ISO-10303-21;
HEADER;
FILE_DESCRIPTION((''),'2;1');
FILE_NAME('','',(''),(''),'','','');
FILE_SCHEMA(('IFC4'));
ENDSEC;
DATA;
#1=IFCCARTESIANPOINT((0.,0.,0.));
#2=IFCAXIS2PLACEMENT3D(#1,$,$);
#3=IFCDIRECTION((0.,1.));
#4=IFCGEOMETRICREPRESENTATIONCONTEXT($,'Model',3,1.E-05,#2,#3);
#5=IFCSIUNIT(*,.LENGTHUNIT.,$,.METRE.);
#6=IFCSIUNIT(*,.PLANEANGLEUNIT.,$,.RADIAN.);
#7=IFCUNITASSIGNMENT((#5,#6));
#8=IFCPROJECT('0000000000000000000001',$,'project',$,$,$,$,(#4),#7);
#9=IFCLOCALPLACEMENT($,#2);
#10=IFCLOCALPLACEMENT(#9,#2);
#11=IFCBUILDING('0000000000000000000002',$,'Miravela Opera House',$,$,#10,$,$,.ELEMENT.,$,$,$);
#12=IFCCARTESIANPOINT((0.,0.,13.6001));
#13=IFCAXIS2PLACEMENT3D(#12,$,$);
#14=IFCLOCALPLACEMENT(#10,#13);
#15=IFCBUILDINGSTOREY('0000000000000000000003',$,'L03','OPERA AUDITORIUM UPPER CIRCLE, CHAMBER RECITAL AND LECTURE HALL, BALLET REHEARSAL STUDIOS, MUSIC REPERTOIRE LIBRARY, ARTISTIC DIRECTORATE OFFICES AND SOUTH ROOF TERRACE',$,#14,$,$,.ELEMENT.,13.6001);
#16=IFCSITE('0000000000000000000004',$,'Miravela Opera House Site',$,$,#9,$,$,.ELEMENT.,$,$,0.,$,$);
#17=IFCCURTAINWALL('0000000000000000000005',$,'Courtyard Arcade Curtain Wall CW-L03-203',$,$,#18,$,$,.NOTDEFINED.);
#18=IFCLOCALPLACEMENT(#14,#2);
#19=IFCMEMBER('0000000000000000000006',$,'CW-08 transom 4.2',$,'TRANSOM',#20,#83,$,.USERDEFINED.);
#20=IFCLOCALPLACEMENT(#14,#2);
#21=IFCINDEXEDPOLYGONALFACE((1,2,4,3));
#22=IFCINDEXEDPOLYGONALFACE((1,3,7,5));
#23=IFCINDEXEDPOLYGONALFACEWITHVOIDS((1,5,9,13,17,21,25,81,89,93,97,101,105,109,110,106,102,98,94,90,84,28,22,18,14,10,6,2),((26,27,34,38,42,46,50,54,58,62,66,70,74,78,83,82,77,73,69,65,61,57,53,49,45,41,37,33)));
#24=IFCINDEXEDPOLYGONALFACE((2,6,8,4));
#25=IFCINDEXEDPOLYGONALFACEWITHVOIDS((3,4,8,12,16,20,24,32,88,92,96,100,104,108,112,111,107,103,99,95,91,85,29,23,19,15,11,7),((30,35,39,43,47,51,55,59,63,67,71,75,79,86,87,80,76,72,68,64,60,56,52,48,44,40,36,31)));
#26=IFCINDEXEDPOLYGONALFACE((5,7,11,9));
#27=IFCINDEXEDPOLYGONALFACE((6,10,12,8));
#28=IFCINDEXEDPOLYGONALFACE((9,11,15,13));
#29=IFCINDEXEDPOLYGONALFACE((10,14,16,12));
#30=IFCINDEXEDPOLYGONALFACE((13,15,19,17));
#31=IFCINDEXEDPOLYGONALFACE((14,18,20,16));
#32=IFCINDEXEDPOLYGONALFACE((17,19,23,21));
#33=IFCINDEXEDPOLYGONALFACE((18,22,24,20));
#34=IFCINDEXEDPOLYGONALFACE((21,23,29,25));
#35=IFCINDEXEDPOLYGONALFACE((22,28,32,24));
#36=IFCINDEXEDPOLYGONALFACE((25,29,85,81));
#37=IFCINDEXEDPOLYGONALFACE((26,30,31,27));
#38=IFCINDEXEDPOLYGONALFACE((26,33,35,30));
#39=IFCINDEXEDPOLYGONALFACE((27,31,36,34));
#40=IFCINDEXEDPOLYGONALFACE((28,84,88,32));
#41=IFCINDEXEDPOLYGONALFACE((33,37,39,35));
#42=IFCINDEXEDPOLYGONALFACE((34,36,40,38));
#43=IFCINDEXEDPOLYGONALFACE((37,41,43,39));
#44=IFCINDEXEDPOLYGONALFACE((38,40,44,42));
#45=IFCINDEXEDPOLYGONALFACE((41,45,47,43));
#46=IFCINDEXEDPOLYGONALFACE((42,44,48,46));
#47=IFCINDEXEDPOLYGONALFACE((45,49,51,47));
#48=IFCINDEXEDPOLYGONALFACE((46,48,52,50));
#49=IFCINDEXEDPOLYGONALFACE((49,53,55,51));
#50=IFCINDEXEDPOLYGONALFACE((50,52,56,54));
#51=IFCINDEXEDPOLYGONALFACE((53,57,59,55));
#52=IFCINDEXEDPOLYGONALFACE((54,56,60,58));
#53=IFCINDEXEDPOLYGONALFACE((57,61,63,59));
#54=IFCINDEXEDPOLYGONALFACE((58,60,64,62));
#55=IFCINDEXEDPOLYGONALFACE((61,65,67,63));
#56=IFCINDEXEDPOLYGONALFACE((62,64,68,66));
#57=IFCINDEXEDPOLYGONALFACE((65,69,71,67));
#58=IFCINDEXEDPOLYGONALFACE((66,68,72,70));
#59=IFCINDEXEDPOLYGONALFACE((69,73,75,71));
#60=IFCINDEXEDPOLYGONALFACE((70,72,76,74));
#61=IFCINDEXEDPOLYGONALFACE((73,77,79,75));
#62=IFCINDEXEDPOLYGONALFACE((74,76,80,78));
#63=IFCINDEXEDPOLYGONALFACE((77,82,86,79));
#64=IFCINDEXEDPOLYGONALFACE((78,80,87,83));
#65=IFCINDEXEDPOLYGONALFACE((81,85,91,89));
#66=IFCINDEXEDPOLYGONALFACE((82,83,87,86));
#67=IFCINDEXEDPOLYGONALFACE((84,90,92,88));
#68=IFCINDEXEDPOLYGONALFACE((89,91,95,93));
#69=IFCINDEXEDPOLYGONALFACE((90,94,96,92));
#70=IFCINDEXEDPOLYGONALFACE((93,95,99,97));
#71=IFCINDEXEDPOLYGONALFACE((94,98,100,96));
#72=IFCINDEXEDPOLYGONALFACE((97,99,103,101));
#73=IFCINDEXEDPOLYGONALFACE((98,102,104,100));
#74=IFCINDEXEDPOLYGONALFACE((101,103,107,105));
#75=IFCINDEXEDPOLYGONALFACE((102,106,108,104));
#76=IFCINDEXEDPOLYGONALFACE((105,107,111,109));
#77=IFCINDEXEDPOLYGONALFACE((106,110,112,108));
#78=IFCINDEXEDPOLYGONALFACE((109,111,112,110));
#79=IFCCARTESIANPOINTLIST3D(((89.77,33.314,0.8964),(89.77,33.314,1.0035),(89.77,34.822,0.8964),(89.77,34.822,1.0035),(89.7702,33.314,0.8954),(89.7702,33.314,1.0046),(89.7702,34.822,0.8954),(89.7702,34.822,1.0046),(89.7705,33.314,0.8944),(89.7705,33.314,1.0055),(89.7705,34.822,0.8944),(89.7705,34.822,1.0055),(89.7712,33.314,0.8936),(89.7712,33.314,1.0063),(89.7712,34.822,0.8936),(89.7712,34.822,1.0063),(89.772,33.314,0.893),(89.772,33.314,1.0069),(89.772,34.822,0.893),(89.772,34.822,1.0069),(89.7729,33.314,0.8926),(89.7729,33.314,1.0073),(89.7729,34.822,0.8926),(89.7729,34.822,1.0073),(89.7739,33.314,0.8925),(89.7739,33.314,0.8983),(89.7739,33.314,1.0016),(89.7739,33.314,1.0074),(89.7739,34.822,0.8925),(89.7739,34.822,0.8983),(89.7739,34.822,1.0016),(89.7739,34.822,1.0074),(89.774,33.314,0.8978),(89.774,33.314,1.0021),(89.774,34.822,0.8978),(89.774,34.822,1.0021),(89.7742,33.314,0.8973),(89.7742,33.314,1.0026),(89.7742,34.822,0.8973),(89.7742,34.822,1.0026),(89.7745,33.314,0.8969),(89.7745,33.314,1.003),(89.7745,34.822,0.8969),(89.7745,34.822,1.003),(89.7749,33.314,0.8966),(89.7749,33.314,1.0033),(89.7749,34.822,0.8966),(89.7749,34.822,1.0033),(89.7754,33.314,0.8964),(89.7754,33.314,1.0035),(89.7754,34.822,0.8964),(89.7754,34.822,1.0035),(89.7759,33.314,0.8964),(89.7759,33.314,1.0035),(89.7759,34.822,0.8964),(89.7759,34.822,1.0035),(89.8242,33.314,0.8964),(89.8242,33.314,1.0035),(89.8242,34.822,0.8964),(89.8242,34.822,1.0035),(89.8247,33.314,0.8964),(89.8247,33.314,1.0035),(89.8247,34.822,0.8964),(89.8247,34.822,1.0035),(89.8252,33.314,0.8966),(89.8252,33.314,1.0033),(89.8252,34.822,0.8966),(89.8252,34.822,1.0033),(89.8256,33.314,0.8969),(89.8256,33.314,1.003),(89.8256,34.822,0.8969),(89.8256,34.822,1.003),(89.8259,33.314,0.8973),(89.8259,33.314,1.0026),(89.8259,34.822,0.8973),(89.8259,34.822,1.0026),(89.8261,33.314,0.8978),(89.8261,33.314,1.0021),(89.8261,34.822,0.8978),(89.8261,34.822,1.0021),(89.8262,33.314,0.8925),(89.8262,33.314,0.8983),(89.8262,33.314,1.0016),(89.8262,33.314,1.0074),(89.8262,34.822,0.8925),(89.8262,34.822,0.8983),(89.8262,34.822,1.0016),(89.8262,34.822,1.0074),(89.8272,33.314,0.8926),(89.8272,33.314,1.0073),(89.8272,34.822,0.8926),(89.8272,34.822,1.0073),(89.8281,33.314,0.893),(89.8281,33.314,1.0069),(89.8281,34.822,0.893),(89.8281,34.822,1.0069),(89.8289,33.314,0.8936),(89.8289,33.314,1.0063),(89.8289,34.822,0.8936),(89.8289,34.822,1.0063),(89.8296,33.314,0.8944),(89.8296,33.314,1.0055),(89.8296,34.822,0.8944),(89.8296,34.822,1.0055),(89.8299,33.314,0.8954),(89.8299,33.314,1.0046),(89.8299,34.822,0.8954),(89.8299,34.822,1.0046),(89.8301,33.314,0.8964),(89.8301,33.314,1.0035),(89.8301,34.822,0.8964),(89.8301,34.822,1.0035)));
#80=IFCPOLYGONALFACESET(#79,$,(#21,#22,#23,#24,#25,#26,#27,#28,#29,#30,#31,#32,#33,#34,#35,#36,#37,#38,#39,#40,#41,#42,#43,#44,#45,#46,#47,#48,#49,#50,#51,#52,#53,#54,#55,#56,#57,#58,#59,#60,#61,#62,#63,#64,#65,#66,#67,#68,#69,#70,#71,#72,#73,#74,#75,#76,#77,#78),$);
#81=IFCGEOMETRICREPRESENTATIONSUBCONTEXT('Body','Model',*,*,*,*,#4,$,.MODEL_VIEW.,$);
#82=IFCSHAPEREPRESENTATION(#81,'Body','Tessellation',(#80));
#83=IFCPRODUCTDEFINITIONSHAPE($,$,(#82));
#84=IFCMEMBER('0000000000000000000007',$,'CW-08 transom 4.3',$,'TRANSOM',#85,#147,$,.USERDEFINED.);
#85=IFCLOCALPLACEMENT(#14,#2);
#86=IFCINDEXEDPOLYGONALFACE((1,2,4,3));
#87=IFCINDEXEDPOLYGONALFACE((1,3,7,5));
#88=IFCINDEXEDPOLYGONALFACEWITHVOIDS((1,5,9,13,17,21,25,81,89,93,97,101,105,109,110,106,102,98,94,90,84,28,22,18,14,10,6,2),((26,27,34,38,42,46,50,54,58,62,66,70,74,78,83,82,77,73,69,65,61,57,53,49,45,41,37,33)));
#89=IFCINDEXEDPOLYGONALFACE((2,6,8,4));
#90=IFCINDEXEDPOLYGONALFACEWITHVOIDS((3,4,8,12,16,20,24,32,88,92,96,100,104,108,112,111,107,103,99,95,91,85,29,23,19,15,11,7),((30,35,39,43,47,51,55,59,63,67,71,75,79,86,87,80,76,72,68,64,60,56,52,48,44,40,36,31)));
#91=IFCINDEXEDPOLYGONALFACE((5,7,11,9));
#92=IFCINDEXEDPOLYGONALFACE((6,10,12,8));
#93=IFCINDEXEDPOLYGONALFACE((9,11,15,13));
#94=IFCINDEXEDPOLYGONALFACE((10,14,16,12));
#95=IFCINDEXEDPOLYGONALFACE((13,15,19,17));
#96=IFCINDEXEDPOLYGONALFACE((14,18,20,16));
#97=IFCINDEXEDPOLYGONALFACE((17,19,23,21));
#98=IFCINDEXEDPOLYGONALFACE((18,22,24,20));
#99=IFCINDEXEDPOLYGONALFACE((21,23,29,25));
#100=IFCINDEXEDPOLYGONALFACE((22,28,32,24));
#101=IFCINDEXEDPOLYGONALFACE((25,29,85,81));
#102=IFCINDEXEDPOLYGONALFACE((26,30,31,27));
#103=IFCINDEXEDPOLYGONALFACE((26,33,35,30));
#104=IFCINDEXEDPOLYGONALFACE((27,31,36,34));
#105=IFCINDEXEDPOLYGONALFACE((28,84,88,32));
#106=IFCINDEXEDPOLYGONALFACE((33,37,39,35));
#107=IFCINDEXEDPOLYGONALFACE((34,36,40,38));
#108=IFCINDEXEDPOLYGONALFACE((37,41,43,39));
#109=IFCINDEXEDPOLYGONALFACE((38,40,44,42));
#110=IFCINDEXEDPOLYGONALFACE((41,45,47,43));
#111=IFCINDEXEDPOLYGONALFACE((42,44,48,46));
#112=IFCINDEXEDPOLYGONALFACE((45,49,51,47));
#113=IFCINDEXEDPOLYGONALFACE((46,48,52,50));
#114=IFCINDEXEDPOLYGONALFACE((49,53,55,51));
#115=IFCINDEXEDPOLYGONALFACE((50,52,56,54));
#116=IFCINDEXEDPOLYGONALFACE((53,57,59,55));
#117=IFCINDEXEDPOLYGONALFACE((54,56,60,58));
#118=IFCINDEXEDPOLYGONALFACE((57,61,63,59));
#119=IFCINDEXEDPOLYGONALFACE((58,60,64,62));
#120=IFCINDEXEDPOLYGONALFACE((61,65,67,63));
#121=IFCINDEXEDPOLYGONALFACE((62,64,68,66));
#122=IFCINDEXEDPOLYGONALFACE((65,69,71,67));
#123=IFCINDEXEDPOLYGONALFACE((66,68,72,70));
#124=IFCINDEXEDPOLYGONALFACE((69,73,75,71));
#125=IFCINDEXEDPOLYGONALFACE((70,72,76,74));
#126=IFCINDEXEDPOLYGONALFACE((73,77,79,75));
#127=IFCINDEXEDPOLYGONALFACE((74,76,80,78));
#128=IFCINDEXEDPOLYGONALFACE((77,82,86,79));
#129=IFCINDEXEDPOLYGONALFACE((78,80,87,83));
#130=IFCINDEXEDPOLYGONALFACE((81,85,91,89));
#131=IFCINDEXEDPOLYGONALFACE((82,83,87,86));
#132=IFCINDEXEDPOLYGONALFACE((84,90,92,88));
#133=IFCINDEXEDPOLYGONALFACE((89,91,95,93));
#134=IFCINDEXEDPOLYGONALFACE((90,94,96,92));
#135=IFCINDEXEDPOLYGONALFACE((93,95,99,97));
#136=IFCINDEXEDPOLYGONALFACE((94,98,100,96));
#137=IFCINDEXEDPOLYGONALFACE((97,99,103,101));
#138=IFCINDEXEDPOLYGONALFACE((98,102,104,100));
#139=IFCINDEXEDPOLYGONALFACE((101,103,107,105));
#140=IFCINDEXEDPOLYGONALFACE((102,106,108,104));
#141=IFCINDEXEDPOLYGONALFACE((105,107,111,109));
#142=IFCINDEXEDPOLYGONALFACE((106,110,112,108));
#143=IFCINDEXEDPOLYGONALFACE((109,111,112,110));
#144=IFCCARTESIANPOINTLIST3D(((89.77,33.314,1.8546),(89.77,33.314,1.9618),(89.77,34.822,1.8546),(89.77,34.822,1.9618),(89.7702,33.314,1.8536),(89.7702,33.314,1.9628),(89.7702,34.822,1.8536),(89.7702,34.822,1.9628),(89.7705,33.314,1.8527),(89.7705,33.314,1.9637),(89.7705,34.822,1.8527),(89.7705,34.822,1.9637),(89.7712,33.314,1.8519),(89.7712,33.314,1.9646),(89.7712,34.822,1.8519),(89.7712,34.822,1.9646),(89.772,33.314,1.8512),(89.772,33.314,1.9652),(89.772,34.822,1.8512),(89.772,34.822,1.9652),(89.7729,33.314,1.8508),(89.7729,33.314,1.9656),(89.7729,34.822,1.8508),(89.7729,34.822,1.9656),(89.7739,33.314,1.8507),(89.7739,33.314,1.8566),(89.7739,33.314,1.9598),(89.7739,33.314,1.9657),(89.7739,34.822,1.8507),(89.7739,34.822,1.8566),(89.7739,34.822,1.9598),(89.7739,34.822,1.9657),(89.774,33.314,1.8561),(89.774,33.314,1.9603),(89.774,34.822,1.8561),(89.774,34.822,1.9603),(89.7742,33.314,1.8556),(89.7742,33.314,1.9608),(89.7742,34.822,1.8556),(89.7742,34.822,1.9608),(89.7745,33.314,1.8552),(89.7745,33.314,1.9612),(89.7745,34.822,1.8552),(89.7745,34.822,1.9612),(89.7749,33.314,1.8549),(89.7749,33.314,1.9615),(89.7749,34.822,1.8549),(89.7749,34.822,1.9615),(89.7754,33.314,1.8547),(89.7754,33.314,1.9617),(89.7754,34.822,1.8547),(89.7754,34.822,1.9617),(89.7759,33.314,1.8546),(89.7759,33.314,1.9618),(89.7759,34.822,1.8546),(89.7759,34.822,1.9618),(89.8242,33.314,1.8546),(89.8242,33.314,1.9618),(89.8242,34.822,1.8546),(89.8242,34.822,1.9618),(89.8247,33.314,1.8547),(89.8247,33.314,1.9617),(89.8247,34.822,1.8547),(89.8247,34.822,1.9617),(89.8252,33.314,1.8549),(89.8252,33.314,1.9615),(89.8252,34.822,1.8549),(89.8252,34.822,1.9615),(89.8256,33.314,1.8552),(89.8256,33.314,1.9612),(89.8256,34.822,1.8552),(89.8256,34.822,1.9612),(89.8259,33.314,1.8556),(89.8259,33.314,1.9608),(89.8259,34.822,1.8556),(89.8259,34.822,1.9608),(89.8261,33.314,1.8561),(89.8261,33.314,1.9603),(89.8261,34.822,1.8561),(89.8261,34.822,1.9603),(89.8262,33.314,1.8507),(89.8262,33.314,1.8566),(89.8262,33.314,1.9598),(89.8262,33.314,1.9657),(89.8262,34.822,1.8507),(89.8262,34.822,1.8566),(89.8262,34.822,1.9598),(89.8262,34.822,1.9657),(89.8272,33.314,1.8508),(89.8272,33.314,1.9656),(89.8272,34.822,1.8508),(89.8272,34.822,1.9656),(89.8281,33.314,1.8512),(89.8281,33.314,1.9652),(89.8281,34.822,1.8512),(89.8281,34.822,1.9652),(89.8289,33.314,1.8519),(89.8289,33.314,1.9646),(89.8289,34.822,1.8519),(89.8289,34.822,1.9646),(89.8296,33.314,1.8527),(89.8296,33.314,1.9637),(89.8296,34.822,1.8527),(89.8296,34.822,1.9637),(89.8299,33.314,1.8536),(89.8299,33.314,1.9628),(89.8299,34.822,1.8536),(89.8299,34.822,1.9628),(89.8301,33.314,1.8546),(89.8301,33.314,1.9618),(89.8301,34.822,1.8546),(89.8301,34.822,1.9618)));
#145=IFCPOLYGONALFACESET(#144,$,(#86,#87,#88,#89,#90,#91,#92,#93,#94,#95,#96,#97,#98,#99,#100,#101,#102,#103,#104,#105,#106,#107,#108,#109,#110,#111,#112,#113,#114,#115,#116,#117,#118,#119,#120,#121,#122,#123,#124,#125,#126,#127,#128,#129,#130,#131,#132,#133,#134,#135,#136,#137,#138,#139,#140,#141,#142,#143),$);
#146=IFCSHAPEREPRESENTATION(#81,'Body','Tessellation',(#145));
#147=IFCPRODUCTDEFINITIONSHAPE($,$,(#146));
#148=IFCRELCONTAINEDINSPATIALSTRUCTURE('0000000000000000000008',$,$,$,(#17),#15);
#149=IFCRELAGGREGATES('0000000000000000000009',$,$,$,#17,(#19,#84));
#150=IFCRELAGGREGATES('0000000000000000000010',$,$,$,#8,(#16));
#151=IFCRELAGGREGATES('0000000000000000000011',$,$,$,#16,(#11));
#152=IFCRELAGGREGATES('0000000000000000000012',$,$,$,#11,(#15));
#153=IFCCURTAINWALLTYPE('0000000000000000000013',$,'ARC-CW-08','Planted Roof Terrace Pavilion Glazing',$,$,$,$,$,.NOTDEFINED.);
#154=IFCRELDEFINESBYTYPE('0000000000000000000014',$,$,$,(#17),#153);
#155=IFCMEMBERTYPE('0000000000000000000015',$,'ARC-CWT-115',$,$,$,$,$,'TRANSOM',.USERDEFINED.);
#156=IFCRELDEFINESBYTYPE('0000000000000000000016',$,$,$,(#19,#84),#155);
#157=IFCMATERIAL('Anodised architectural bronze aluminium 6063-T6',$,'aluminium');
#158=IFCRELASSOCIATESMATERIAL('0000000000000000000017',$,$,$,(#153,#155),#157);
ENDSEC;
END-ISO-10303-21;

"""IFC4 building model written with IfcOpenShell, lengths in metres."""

from ifc_helpers import new_model, si_unit, direction, frame, origin, origin_2d, place, context, subcontext, project, spatial, hollow_rectangle, extrude, material, material_profile, profile_set, type_object, element, aggregate, save


model = new_model("IFC4")

# Units and contexts
model_context = context("Model", 3, precision=1e-05, world=origin(), true_north=direction((0.0, 1.0)))
body_context = subcontext(model_context, "Body", "Model", "MODEL_VIEW")
ifc_project = project(units=[si_unit("LENGTHUNIT", "METRE"), si_unit("PLANEANGLEUNIT", "RADIAN")], contexts=[model_context])

# Site, building, storey
site_placement = place(None, origin())
site = spatial("IfcSite", under=ifc_project, at=site_placement, Name="Miravela Opera House Site", CompositionType="ELEMENT", RefElevation=0.0)
building_placement = place(site_placement, origin())
building = spatial("IfcBuilding", under=site, at=building_placement, Name="Miravela Opera House", CompositionType="ELEMENT")
storey_placement = place(building_placement, frame((0.0, 0.0, 13.6001)))
storey = spatial("IfcBuildingStorey", under=building, at=storey_placement, Name="L03", Description="OPERA AUDITORIUM UPPER CIRCLE, CHAMBER RECITAL AND LECTURE HALL, BALLET REHEARSAL STUDIOS, MUSIC REPERTOIRE LIBRARY, ARTISTIC DIRECTORATE OFFICES AND SOUTH ROOF TERRACE", CompositionType="ELEMENT", Elevation=13.6001)

# Curtain wall, members
ifc_material_1 = material(Name="Anodised architectural bronze aluminium 6063-T6", Category="aluminium")
curtain_wall_type = type_object("IfcCurtainWallType", Name="ARC-CW-08", Description="Planted Roof Terrace Pavilion Glazing", PredefinedType="NOTDEFINED", material=ifc_material_1)
curtain_wall_placement = place(storey_placement, origin())
curtain_wall = element("IfcCurtainWall", 1, at=curtain_wall_placement, inside=storey, type_object=curtain_wall_type, Name="Courtyard Arcade Curtain Wall CW-L03-203", PredefinedType="NOTDEFINED")
ifc_material_profile_1 = material_profile(ifc_material_1, hollow_rectangle(XDim=0.0601, YDim=0.115, WallThickness=0.0039, InnerFilletRadius=0.002, OuterFilletRadius=0.0039, at=origin_2d()), Name="CWT-60X115")
ifc_profile_set_1 = profile_set([ifc_material_profile_1])
member_type_1 = type_object("IfcMemberType", Name="ARC-CWT-115", ElementType="TRANSOM", PredefinedType="USERDEFINED", material=ifc_profile_set_1)
member_1_placement = place(storey_placement, frame((89.8, 33.314, 0.95), z_axis=(0.0, 1.0, 0.0), x_axis=(-1.0, 0.0, 0.0)))
member_1 = element("IfcMember", 2, at=member_1_placement, type_object=member_type_1, Name="CW-08 transom 4.2", ObjectType="TRANSOM", PredefinedType="USERDEFINED", context=body_context, shape_type="SweptSolid", body=[
    extrude(hollow_rectangle(XDim=0.0601, YDim=0.115, WallThickness=0.0039, InnerFilletRadius=0.002, OuterFilletRadius=0.0039, at=origin_2d()), origin(), (0.0, 0.0, 1.0), 1.5081),
])
member_2_placement = place(storey_placement, frame((89.8, 33.314, 1.9082), z_axis=(0.0, 1.0, 0.0), x_axis=(-1.0, 0.0, 0.0)))
member_2 = element("IfcMember", 3, at=member_2_placement, type_object=member_type_1, Name="CW-08 transom 4.3", ObjectType="TRANSOM", PredefinedType="USERDEFINED", context=body_context, shape_type="SweptSolid", body=[
    extrude(hollow_rectangle(XDim=0.0601, YDim=0.115, WallThickness=0.0039, InnerFilletRadius=0.002, OuterFilletRadius=0.0039, at=origin_2d()), origin(), (0.0, 0.0, 1.0), 1.5081),
])
aggregate(curtain_wall, [member_1, member_2])

save(model, "model.ifc")
